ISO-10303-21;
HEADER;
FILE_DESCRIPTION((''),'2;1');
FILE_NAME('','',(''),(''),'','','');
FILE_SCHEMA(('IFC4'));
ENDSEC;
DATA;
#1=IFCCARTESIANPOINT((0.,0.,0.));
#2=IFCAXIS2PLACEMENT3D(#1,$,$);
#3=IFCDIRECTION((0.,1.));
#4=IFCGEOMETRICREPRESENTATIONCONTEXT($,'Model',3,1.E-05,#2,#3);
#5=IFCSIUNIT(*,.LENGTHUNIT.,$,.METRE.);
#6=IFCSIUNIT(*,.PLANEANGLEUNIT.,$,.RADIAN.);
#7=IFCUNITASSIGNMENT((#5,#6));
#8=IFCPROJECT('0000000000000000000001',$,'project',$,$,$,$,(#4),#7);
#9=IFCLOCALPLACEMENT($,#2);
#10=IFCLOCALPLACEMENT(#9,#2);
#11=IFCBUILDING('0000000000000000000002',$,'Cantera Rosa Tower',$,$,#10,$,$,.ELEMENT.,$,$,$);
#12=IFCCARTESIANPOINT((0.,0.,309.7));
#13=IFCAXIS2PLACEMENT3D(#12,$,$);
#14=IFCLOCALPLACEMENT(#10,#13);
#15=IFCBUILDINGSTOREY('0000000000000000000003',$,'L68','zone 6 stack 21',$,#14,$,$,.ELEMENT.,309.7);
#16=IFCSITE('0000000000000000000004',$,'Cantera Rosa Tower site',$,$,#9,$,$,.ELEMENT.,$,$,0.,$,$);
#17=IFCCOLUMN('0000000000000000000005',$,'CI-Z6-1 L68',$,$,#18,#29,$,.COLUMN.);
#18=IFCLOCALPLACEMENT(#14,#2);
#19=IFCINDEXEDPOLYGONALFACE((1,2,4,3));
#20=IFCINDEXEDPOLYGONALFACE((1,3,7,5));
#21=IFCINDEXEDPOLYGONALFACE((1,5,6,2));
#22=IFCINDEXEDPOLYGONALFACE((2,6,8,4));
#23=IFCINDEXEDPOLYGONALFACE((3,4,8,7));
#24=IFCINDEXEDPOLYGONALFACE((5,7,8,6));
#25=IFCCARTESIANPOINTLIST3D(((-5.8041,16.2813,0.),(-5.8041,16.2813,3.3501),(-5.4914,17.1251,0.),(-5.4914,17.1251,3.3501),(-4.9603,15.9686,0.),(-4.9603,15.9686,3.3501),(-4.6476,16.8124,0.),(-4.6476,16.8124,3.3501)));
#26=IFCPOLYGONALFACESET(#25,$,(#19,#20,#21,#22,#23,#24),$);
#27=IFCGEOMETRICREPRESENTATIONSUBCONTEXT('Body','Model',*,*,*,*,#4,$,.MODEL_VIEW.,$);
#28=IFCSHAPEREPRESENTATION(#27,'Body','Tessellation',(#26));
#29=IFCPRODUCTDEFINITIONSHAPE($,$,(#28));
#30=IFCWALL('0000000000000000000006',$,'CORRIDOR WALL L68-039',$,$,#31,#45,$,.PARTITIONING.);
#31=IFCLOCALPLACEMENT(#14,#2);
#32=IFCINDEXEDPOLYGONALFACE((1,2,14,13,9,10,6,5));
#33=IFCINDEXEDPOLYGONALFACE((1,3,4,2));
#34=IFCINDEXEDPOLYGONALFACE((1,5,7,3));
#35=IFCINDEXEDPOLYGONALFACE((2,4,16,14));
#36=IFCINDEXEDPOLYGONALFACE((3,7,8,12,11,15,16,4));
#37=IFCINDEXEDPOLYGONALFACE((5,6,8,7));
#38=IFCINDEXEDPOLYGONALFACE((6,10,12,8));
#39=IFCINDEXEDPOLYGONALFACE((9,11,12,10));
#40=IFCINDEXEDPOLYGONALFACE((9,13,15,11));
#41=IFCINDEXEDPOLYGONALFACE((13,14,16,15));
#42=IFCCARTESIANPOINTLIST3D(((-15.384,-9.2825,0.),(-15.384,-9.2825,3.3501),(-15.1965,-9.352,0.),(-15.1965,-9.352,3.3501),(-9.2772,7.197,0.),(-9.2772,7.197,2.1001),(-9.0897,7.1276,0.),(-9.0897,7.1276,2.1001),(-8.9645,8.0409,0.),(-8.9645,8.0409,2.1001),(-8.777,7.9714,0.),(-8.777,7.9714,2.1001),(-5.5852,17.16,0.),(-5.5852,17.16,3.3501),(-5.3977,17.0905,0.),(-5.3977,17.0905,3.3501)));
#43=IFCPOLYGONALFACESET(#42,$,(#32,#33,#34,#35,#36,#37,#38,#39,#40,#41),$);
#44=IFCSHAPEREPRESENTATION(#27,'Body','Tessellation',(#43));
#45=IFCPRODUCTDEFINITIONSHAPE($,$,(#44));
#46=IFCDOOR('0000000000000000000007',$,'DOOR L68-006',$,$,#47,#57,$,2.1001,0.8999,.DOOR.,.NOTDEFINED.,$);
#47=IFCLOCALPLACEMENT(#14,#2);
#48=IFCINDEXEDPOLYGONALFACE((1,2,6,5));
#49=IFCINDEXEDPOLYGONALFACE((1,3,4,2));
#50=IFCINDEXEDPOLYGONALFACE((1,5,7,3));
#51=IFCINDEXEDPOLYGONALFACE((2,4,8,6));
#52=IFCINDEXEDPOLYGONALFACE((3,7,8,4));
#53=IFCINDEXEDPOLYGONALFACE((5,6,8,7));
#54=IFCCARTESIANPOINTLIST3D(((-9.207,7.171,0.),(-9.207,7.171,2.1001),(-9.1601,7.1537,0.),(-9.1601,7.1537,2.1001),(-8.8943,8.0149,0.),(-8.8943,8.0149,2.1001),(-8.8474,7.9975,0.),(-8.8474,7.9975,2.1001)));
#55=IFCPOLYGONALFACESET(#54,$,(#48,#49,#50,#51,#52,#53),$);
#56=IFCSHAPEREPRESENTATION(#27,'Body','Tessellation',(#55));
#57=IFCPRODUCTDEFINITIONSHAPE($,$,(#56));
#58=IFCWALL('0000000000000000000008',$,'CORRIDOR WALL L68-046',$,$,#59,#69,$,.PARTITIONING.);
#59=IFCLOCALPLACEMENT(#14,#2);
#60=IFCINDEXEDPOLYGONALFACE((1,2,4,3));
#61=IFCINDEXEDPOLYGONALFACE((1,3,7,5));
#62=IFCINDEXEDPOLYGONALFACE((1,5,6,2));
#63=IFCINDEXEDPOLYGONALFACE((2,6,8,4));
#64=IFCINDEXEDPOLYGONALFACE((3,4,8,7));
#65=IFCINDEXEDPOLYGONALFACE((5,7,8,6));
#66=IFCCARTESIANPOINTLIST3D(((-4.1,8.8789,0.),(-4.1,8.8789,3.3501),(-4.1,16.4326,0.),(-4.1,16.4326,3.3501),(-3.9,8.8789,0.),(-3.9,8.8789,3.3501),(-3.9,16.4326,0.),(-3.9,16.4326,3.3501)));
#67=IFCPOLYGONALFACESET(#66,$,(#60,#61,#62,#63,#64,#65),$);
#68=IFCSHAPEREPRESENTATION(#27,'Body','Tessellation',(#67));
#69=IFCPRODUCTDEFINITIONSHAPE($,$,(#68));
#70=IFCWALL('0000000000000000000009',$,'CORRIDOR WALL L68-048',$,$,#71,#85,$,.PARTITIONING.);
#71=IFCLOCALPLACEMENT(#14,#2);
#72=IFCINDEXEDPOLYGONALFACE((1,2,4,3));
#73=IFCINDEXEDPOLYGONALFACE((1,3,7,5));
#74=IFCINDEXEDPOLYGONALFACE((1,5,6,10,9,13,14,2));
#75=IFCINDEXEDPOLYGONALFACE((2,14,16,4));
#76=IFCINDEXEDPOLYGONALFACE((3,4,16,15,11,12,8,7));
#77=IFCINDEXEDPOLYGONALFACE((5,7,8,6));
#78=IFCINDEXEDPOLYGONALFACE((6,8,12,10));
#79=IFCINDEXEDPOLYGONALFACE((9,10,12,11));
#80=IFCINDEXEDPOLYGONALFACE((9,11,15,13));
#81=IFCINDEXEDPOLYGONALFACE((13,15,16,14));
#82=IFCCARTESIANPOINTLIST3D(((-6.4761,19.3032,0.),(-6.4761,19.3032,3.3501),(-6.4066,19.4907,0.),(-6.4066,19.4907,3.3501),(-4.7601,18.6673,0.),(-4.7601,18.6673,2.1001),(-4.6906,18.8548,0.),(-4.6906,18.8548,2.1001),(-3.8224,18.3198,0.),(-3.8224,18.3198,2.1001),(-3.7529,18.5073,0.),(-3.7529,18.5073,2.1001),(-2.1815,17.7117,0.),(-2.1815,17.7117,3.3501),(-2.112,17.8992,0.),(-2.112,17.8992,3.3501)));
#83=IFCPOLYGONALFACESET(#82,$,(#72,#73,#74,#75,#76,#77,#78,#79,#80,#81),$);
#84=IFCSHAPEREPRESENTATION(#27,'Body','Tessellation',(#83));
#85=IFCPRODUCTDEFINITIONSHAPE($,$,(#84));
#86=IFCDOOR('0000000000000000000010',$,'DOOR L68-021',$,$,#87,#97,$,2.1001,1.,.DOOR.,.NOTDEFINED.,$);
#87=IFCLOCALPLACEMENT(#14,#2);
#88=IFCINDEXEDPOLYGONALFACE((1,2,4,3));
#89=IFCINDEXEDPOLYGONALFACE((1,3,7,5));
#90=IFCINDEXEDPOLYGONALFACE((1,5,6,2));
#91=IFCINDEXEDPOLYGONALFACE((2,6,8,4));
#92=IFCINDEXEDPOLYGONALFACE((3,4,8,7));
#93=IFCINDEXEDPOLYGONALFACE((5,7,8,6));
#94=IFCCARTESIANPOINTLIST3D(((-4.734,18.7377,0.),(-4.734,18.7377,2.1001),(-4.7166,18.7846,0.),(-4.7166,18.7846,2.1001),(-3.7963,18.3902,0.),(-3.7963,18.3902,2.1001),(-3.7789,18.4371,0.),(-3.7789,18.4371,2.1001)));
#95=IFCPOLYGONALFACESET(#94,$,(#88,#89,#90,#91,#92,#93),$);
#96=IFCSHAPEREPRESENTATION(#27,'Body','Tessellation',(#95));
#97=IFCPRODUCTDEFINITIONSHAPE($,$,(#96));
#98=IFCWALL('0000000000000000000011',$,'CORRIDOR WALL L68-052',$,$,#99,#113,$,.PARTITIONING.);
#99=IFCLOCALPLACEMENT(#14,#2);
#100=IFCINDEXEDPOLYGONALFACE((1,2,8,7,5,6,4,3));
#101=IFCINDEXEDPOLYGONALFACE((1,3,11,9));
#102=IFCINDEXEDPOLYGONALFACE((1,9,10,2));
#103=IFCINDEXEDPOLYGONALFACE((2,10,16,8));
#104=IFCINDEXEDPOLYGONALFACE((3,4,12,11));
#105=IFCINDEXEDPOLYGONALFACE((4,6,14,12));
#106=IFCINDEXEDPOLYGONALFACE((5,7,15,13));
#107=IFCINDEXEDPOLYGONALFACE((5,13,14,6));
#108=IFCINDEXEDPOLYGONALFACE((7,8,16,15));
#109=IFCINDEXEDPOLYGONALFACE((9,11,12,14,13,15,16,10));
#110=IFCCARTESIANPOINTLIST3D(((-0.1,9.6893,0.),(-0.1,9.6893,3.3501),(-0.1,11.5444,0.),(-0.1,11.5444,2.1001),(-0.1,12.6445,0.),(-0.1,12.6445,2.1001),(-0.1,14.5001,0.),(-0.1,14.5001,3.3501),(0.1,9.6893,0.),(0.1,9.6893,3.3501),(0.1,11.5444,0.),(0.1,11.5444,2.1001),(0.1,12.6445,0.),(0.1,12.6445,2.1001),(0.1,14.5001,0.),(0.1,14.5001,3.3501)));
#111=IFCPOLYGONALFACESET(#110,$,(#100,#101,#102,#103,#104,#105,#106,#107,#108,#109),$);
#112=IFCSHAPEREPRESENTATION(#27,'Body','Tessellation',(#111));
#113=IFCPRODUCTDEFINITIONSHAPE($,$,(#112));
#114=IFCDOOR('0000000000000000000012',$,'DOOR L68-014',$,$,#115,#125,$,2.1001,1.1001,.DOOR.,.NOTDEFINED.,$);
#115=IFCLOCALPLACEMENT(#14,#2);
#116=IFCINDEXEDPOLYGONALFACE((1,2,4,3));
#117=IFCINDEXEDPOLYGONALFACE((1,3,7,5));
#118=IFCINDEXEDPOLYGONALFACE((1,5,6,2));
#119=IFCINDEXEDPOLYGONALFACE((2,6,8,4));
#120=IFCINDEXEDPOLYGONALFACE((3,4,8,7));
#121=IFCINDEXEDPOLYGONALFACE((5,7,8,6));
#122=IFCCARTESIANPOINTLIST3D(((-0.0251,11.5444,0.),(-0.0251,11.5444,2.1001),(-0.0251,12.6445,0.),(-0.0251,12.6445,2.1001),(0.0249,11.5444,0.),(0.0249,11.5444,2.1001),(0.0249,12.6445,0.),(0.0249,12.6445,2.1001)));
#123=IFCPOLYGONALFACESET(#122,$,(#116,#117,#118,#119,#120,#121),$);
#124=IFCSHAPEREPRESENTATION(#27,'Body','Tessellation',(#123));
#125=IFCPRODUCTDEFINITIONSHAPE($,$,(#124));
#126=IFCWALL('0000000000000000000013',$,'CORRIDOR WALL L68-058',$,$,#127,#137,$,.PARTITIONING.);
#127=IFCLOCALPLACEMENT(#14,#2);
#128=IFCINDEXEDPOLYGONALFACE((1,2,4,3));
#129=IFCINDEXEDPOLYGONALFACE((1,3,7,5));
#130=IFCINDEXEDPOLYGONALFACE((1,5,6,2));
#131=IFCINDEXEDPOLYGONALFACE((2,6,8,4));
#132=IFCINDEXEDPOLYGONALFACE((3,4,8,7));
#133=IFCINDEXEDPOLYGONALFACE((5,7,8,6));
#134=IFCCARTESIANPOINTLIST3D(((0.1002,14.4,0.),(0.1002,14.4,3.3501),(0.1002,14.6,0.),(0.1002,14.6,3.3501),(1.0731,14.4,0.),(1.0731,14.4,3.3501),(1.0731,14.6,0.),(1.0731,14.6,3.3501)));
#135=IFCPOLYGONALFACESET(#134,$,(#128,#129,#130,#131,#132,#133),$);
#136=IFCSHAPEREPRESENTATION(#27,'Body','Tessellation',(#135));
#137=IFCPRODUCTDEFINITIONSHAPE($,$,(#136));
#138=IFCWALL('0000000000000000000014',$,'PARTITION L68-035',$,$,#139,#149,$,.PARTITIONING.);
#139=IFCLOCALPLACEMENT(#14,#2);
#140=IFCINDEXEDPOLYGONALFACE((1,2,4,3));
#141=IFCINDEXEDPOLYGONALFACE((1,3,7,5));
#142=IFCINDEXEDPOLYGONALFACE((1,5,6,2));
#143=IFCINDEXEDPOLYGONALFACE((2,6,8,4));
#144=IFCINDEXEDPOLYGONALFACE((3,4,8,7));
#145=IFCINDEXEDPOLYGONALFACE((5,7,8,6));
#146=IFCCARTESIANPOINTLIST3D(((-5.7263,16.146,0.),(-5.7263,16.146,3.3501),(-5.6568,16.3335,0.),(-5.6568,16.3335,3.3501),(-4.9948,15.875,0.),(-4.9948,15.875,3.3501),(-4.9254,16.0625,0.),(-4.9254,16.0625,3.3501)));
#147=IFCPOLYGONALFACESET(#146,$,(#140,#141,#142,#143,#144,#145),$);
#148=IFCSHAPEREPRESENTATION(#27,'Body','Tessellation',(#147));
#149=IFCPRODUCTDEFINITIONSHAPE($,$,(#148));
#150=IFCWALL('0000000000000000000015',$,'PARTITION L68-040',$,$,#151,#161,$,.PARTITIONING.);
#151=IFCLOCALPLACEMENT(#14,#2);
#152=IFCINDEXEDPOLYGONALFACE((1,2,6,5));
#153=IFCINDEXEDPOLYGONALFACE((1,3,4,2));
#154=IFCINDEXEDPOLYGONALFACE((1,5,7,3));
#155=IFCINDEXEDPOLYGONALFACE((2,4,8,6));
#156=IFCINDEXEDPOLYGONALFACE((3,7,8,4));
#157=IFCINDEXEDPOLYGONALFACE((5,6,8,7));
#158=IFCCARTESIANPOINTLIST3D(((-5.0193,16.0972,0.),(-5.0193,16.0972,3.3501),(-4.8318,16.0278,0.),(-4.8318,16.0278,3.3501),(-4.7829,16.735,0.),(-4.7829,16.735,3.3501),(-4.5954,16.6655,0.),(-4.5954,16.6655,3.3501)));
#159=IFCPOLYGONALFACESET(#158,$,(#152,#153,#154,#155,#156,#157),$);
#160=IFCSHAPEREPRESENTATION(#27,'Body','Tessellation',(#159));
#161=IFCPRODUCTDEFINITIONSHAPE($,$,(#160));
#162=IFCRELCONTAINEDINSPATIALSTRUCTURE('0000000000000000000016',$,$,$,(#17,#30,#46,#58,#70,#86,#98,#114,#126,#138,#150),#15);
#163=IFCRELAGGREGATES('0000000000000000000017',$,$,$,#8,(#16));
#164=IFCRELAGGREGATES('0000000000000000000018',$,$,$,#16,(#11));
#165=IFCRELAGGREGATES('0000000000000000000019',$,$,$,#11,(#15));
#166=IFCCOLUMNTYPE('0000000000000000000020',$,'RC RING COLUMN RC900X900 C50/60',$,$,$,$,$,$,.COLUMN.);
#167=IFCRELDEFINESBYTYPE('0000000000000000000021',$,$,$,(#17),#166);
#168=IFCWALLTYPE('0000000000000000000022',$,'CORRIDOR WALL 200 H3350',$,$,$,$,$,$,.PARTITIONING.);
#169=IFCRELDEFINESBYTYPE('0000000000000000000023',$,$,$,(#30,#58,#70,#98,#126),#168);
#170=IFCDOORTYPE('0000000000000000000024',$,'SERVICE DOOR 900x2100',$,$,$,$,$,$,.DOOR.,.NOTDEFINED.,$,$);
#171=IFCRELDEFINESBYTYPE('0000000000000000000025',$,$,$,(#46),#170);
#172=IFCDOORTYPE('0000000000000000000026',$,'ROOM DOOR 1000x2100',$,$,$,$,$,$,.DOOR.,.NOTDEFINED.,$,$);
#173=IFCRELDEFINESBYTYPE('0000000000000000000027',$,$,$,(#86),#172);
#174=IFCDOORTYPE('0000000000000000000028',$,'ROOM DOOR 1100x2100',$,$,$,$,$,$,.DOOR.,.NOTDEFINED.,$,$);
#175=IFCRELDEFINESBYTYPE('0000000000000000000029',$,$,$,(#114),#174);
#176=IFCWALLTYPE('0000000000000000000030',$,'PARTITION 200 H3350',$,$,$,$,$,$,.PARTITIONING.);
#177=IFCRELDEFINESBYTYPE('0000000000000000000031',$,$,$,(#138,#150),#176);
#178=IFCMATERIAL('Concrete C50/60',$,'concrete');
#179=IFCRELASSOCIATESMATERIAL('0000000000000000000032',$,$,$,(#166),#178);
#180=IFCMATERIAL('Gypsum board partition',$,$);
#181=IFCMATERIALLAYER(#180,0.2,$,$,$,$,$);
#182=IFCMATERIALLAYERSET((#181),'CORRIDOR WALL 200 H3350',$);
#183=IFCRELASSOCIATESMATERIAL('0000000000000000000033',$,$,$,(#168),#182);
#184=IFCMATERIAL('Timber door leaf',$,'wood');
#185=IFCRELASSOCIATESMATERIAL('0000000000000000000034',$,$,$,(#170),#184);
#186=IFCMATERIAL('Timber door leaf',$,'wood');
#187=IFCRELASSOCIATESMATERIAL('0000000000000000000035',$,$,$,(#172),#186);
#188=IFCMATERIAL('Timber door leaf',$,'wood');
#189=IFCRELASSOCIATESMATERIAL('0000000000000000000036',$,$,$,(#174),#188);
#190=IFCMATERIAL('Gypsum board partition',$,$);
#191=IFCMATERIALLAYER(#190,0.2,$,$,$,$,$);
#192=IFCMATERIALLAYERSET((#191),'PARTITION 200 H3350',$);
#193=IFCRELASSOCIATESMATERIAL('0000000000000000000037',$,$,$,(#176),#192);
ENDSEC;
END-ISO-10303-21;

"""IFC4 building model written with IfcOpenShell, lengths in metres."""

from ifc_helpers import new_model, si_unit, direction, frame, frame_2d, origin, origin_2d, place, context, subcontext, project, spatial, rectangle, extrude, material, layer, layer_set, material_profile, profile_set, type_object, element, fill, save


model = new_model("IFC4")

# Units and contexts
model_context = context("Model", 3, precision=1e-05, world=origin(), true_north=direction((0.0, 1.0)))
body_context = subcontext(model_context, "Body", "Model", "MODEL_VIEW")
ifc_project = project(units=[si_unit("LENGTHUNIT", "METRE"), si_unit("PLANEANGLEUNIT", "RADIAN")], contexts=[model_context])

# Site, building, storey
site_placement = place(None, origin())
site = spatial("IfcSite", under=ifc_project, at=site_placement, Name="Cantera Rosa Tower site", CompositionType="ELEMENT", RefElevation=0.0)
building_placement = place(site_placement, origin())
building = spatial("IfcBuilding", under=site, at=building_placement, Name="Cantera Rosa Tower", CompositionType="ELEMENT")
storey_placement = place(building_placement, frame((0.0, 0.0, 309.7)))
storey = spatial("IfcBuildingStorey", under=building, at=storey_placement, Name="L68", Description="zone 6 stack 21", CompositionType="ELEMENT", Elevation=309.7)

# Column
ifc_material_1 = material(Name="Concrete C50/60", Category="concrete")
ifc_material_profile = material_profile(ifc_material_1, rectangle(XDim=0.8999, YDim=0.8999, at=origin_2d()), Name="RC RING COLUMN RC900X900 C50/60")
ifc_profile_set = profile_set([ifc_material_profile], Name="Concrete C50/60")
column_type = type_object("IfcColumnType", Name="RC RING COLUMN RC900X900 C50/60", PredefinedType="COLUMN", material=ifc_profile_set)
column_placement = place(storey_placement, frame((-5.2258, 16.5469, 0.0), z_axis=(0.0, 0.0, 1.0), x_axis=(0.347481, 0.937687, 0.0)))
element("IfcColumn", 1, at=column_placement, inside=storey, type_object=column_type, Name="CI-Z6-1 L68", PredefinedType="COLUMN", context=body_context, shape_type="SweptSolid", body=[
    extrude(rectangle(XDim=0.8999, YDim=0.8999, at=origin_2d()), origin(), (0.0, 0.0, 1.0), 3.3501),
])

# Wall, opening, door
ifc_material_2 = material(Name="Gypsum board partition")
ifc_layer_1 = layer(ifc_material_2, 0.2)
ifc_layer_set_1 = layer_set([ifc_layer_1], Name="CORRIDOR WALL 200 H3350")
wall_type_1 = type_object("IfcWallType", Name="CORRIDOR WALL 200 H3350", PredefinedType="PARTITIONING", material=ifc_layer_set_1)
wall_1_placement = place(storey_placement, frame((-5.4915, 17.1252, 0.0), z_axis=(0.0, 0.0, 1.0), x_axis=(-0.347478, -0.937688, 0.0)))
wall_1 = element("IfcWall", 2, at=wall_1_placement, inside=storey, type_object=wall_type_1, Name="CORRIDOR WALL L68-039", PredefinedType="PARTITIONING", context=body_context, shape_type="SweptSolid", body=[
    extrude(rectangle(XDim=28.1997, YDim=0.2, at=frame_2d((14.0999, 0.0))), origin(), (0.0, 0.0, 1.0), 3.3501),
])
opening_1_placement = place(wall_1_placement, frame((9.7251, 0.0, 0.0)))
opening_1 = element("IfcOpeningElement", 3, at=opening_1_placement, cuts=wall_1, PredefinedType="OPENING", context=body_context, shape_type="SweptSolid", body=[
    extrude(rectangle(XDim=0.8999, YDim=2.1001, at=frame_2d((0.45, 1.05))), frame((0.0, 0.1099, 0.0), z_axis=(0.0, -1.0, 0.0), x_axis=(1.0, 0.0, 0.0)), (0.0, 0.0, 1.0), 0.22),
])
ifc_material_3 = material(Name="Timber door leaf", Category="wood")
door_type_1 = type_object("IfcDoorType", Name="SERVICE DOOR 900x2100", OperationType="NOTDEFINED", PredefinedType="DOOR", material=ifc_material_3)
door_1_placement = place(opening_1_placement, origin())
door_1 = element("IfcDoor", 4, at=door_1_placement, inside=storey, type_object=door_type_1, Name="DOOR L68-006", OperationType="NOTDEFINED", OverallHeight=2.1001, OverallWidth=0.8999, PredefinedType="DOOR", context=body_context, shape_type="SweptSolid", body=[
    extrude(rectangle(XDim=0.8999, YDim=2.1001, at=frame_2d((0.45, 1.05))), frame((0.0, 0.0249, 0.0), z_axis=(0.0, -1.0, 0.0), x_axis=(1.0, 0.0, 0.0)), (0.0, 0.0, 1.0), 0.05),
])
fill(opening_1, door_1)

# Wall
wall_2_placement = place(storey_placement, frame((-4.0, 16.4326, 0.0), z_axis=(0.0, 0.0, 1.0), x_axis=(0.0, -1.0, 0.0)))
element("IfcWall", 5, at=wall_2_placement, inside=storey, type_object=wall_type_1, Name="CORRIDOR WALL L68-046", PredefinedType="PARTITIONING", context=body_context, shape_type="SweptSolid", body=[
    extrude(rectangle(XDim=7.5537, YDim=0.2, at=frame_2d((3.7769, 0.0))), origin(), (0.0, 0.0, 1.0), 3.3501),
])

# Walls, openings, doors
wall_3_placement = place(storey_placement, frame((-2.1467, 17.8054, 0.0), z_axis=(0.0, 0.0, 1.0), x_axis=(-0.937683, 0.347493, 0.0)))
wall_3 = element("IfcWall", 6, at=wall_3_placement, inside=storey, type_object=wall_type_1, Name="CORRIDOR WALL L68-048", PredefinedType="PARTITIONING", context=body_context, shape_type="SweptSolid", body=[
    extrude(rectangle(XDim=4.5801, YDim=0.2, at=frame_2d((2.29, 0.0))), origin(), (0.0, 0.0, 1.0), 3.3501),
])
opening_2_placement = place(wall_3_placement, frame((1.75, 0.0, 0.0)))
opening_2 = element("IfcOpeningElement", 7, at=opening_2_placement, cuts=wall_3, PredefinedType="OPENING", context=body_context, shape_type="SweptSolid", body=[
    extrude(rectangle(XDim=1.0, YDim=2.1001, at=frame_2d((0.5, 1.05))), frame((0.0, 0.1099, 0.0), z_axis=(0.0, -1.0, 0.0), x_axis=(1.0, 0.0, 0.0)), (0.0, 0.0, 1.0), 0.22),
])
ifc_material_4 = material(Name="Timber door leaf", Category="wood")
door_type_2 = type_object("IfcDoorType", Name="ROOM DOOR 1000x2100", OperationType="NOTDEFINED", PredefinedType="DOOR", material=ifc_material_4)
door_2_placement = place(opening_2_placement, origin())
door_2 = element("IfcDoor", 8, at=door_2_placement, inside=storey, type_object=door_type_2, Name="DOOR L68-021", OperationType="NOTDEFINED", OverallHeight=2.1001, OverallWidth=1.0, PredefinedType="DOOR", context=body_context, shape_type="SweptSolid", body=[
    extrude(rectangle(XDim=1.0, YDim=2.1001, at=frame_2d((0.5, 1.05))), frame((0.0, 0.0249, 0.0), z_axis=(0.0, -1.0, 0.0), x_axis=(1.0, 0.0, 0.0)), (0.0, 0.0, 1.0), 0.05),
])
fill(opening_2, door_2)
wall_4_placement = place(storey_placement, frame((0.0, 14.5, 0.0), z_axis=(0.0, 0.0, 1.0), x_axis=(0.0, -1.0, 0.0)))
wall_4 = element("IfcWall", 9, at=wall_4_placement, inside=storey, type_object=wall_type_1, Name="CORRIDOR WALL L68-052", PredefinedType="PARTITIONING", context=body_context, shape_type="SweptSolid", body=[
    extrude(rectangle(XDim=4.8108, YDim=0.2, at=frame_2d((2.4053, 0.0))), origin(), (0.0, 0.0, 1.0), 3.3501),
])
opening_3_placement = place(wall_4_placement, frame((1.8555, 0.0, 0.0)))
opening_3 = element("IfcOpeningElement", 10, at=opening_3_placement, cuts=wall_4, PredefinedType="OPENING", context=body_context, shape_type="SweptSolid", body=[
    extrude(rectangle(XDim=1.1001, YDim=2.1001, at=frame_2d((0.55, 1.05))), frame((0.0, 0.1099, 0.0), z_axis=(0.0, -1.0, 0.0), x_axis=(1.0, 0.0, 0.0)), (0.0, 0.0, 1.0), 0.22),
])
ifc_material_5 = material(Name="Timber door leaf", Category="wood")
door_type_3 = type_object("IfcDoorType", Name="ROOM DOOR 1100x2100", OperationType="NOTDEFINED", PredefinedType="DOOR", material=ifc_material_5)
door_3_placement = place(opening_3_placement, origin())
door_3 = element("IfcDoor", 11, at=door_3_placement, inside=storey, type_object=door_type_3, Name="DOOR L68-014", OperationType="NOTDEFINED", OverallHeight=2.1001, OverallWidth=1.1001, PredefinedType="DOOR", context=body_context, shape_type="SweptSolid", body=[
    extrude(rectangle(XDim=1.1001, YDim=2.1001, at=frame_2d((0.55, 1.05))), frame((0.0, 0.0249, 0.0), z_axis=(0.0, -1.0, 0.0), x_axis=(1.0, 0.0, 0.0)), (0.0, 0.0, 1.0), 0.05),
])
fill(opening_3, door_3)

# Walls
wall_5_placement = place(storey_placement, frame((1.073, 14.5, 0.0), z_axis=(0.0, 0.0, 1.0), x_axis=(-1.0, 0.0, 0.0)))
element("IfcWall", 12, at=wall_5_placement, inside=storey, type_object=wall_type_1, Name="CORRIDOR WALL L68-058", PredefinedType="PARTITIONING", context=body_context, shape_type="SweptSolid", body=[
    extrude(rectangle(XDim=0.9729, YDim=0.2, at=frame_2d((0.4863, 0.0))), origin(), (0.0, 0.0, 1.0), 3.3501),
])
ifc_material_6 = material(Name="Gypsum board partition")
ifc_layer_2 = layer(ifc_material_6, 0.2)
ifc_layer_set_2 = layer_set([ifc_layer_2], Name="PARTITION 200 H3350")
wall_type_2 = type_object("IfcWallType", Name="PARTITION 200 H3350", PredefinedType="PARTITIONING", material=ifc_layer_set_2)
wall_6_placement = place(storey_placement, frame((-5.6917, 16.2397, 0.0), z_axis=(0.0, 0.0, 1.0), x_axis=(0.937711, -0.347416, 0.0)))
element("IfcWall", 13, at=wall_6_placement, inside=storey, type_object=wall_type_2, Name="PARTITION L68-035", PredefinedType="PARTITIONING", context=body_context, shape_type="SweptSolid", body=[
    extrude(rectangle(XDim=0.78, YDim=0.2, at=frame_2d((0.3901, 0.0))), origin(), (0.0, 0.0, 1.0), 3.3501),
])
wall_7_placement = place(storey_placement, frame((-4.9255, 16.0625, 0.0), z_axis=(0.0, 0.0, 1.0), x_axis=(0.347501, 0.937679, 0.0)))
element("IfcWall", 14, at=wall_7_placement, inside=storey, type_object=wall_type_2, Name="PARTITION L68-040", PredefinedType="PARTITIONING", context=body_context, shape_type="SweptSolid", body=[
    extrude(rectangle(XDim=0.6802, YDim=0.2, at=frame_2d((0.3401, 0.0))), origin(), (0.0, 0.0, 1.0), 3.3501),
])

save(model, "model.ifc")
